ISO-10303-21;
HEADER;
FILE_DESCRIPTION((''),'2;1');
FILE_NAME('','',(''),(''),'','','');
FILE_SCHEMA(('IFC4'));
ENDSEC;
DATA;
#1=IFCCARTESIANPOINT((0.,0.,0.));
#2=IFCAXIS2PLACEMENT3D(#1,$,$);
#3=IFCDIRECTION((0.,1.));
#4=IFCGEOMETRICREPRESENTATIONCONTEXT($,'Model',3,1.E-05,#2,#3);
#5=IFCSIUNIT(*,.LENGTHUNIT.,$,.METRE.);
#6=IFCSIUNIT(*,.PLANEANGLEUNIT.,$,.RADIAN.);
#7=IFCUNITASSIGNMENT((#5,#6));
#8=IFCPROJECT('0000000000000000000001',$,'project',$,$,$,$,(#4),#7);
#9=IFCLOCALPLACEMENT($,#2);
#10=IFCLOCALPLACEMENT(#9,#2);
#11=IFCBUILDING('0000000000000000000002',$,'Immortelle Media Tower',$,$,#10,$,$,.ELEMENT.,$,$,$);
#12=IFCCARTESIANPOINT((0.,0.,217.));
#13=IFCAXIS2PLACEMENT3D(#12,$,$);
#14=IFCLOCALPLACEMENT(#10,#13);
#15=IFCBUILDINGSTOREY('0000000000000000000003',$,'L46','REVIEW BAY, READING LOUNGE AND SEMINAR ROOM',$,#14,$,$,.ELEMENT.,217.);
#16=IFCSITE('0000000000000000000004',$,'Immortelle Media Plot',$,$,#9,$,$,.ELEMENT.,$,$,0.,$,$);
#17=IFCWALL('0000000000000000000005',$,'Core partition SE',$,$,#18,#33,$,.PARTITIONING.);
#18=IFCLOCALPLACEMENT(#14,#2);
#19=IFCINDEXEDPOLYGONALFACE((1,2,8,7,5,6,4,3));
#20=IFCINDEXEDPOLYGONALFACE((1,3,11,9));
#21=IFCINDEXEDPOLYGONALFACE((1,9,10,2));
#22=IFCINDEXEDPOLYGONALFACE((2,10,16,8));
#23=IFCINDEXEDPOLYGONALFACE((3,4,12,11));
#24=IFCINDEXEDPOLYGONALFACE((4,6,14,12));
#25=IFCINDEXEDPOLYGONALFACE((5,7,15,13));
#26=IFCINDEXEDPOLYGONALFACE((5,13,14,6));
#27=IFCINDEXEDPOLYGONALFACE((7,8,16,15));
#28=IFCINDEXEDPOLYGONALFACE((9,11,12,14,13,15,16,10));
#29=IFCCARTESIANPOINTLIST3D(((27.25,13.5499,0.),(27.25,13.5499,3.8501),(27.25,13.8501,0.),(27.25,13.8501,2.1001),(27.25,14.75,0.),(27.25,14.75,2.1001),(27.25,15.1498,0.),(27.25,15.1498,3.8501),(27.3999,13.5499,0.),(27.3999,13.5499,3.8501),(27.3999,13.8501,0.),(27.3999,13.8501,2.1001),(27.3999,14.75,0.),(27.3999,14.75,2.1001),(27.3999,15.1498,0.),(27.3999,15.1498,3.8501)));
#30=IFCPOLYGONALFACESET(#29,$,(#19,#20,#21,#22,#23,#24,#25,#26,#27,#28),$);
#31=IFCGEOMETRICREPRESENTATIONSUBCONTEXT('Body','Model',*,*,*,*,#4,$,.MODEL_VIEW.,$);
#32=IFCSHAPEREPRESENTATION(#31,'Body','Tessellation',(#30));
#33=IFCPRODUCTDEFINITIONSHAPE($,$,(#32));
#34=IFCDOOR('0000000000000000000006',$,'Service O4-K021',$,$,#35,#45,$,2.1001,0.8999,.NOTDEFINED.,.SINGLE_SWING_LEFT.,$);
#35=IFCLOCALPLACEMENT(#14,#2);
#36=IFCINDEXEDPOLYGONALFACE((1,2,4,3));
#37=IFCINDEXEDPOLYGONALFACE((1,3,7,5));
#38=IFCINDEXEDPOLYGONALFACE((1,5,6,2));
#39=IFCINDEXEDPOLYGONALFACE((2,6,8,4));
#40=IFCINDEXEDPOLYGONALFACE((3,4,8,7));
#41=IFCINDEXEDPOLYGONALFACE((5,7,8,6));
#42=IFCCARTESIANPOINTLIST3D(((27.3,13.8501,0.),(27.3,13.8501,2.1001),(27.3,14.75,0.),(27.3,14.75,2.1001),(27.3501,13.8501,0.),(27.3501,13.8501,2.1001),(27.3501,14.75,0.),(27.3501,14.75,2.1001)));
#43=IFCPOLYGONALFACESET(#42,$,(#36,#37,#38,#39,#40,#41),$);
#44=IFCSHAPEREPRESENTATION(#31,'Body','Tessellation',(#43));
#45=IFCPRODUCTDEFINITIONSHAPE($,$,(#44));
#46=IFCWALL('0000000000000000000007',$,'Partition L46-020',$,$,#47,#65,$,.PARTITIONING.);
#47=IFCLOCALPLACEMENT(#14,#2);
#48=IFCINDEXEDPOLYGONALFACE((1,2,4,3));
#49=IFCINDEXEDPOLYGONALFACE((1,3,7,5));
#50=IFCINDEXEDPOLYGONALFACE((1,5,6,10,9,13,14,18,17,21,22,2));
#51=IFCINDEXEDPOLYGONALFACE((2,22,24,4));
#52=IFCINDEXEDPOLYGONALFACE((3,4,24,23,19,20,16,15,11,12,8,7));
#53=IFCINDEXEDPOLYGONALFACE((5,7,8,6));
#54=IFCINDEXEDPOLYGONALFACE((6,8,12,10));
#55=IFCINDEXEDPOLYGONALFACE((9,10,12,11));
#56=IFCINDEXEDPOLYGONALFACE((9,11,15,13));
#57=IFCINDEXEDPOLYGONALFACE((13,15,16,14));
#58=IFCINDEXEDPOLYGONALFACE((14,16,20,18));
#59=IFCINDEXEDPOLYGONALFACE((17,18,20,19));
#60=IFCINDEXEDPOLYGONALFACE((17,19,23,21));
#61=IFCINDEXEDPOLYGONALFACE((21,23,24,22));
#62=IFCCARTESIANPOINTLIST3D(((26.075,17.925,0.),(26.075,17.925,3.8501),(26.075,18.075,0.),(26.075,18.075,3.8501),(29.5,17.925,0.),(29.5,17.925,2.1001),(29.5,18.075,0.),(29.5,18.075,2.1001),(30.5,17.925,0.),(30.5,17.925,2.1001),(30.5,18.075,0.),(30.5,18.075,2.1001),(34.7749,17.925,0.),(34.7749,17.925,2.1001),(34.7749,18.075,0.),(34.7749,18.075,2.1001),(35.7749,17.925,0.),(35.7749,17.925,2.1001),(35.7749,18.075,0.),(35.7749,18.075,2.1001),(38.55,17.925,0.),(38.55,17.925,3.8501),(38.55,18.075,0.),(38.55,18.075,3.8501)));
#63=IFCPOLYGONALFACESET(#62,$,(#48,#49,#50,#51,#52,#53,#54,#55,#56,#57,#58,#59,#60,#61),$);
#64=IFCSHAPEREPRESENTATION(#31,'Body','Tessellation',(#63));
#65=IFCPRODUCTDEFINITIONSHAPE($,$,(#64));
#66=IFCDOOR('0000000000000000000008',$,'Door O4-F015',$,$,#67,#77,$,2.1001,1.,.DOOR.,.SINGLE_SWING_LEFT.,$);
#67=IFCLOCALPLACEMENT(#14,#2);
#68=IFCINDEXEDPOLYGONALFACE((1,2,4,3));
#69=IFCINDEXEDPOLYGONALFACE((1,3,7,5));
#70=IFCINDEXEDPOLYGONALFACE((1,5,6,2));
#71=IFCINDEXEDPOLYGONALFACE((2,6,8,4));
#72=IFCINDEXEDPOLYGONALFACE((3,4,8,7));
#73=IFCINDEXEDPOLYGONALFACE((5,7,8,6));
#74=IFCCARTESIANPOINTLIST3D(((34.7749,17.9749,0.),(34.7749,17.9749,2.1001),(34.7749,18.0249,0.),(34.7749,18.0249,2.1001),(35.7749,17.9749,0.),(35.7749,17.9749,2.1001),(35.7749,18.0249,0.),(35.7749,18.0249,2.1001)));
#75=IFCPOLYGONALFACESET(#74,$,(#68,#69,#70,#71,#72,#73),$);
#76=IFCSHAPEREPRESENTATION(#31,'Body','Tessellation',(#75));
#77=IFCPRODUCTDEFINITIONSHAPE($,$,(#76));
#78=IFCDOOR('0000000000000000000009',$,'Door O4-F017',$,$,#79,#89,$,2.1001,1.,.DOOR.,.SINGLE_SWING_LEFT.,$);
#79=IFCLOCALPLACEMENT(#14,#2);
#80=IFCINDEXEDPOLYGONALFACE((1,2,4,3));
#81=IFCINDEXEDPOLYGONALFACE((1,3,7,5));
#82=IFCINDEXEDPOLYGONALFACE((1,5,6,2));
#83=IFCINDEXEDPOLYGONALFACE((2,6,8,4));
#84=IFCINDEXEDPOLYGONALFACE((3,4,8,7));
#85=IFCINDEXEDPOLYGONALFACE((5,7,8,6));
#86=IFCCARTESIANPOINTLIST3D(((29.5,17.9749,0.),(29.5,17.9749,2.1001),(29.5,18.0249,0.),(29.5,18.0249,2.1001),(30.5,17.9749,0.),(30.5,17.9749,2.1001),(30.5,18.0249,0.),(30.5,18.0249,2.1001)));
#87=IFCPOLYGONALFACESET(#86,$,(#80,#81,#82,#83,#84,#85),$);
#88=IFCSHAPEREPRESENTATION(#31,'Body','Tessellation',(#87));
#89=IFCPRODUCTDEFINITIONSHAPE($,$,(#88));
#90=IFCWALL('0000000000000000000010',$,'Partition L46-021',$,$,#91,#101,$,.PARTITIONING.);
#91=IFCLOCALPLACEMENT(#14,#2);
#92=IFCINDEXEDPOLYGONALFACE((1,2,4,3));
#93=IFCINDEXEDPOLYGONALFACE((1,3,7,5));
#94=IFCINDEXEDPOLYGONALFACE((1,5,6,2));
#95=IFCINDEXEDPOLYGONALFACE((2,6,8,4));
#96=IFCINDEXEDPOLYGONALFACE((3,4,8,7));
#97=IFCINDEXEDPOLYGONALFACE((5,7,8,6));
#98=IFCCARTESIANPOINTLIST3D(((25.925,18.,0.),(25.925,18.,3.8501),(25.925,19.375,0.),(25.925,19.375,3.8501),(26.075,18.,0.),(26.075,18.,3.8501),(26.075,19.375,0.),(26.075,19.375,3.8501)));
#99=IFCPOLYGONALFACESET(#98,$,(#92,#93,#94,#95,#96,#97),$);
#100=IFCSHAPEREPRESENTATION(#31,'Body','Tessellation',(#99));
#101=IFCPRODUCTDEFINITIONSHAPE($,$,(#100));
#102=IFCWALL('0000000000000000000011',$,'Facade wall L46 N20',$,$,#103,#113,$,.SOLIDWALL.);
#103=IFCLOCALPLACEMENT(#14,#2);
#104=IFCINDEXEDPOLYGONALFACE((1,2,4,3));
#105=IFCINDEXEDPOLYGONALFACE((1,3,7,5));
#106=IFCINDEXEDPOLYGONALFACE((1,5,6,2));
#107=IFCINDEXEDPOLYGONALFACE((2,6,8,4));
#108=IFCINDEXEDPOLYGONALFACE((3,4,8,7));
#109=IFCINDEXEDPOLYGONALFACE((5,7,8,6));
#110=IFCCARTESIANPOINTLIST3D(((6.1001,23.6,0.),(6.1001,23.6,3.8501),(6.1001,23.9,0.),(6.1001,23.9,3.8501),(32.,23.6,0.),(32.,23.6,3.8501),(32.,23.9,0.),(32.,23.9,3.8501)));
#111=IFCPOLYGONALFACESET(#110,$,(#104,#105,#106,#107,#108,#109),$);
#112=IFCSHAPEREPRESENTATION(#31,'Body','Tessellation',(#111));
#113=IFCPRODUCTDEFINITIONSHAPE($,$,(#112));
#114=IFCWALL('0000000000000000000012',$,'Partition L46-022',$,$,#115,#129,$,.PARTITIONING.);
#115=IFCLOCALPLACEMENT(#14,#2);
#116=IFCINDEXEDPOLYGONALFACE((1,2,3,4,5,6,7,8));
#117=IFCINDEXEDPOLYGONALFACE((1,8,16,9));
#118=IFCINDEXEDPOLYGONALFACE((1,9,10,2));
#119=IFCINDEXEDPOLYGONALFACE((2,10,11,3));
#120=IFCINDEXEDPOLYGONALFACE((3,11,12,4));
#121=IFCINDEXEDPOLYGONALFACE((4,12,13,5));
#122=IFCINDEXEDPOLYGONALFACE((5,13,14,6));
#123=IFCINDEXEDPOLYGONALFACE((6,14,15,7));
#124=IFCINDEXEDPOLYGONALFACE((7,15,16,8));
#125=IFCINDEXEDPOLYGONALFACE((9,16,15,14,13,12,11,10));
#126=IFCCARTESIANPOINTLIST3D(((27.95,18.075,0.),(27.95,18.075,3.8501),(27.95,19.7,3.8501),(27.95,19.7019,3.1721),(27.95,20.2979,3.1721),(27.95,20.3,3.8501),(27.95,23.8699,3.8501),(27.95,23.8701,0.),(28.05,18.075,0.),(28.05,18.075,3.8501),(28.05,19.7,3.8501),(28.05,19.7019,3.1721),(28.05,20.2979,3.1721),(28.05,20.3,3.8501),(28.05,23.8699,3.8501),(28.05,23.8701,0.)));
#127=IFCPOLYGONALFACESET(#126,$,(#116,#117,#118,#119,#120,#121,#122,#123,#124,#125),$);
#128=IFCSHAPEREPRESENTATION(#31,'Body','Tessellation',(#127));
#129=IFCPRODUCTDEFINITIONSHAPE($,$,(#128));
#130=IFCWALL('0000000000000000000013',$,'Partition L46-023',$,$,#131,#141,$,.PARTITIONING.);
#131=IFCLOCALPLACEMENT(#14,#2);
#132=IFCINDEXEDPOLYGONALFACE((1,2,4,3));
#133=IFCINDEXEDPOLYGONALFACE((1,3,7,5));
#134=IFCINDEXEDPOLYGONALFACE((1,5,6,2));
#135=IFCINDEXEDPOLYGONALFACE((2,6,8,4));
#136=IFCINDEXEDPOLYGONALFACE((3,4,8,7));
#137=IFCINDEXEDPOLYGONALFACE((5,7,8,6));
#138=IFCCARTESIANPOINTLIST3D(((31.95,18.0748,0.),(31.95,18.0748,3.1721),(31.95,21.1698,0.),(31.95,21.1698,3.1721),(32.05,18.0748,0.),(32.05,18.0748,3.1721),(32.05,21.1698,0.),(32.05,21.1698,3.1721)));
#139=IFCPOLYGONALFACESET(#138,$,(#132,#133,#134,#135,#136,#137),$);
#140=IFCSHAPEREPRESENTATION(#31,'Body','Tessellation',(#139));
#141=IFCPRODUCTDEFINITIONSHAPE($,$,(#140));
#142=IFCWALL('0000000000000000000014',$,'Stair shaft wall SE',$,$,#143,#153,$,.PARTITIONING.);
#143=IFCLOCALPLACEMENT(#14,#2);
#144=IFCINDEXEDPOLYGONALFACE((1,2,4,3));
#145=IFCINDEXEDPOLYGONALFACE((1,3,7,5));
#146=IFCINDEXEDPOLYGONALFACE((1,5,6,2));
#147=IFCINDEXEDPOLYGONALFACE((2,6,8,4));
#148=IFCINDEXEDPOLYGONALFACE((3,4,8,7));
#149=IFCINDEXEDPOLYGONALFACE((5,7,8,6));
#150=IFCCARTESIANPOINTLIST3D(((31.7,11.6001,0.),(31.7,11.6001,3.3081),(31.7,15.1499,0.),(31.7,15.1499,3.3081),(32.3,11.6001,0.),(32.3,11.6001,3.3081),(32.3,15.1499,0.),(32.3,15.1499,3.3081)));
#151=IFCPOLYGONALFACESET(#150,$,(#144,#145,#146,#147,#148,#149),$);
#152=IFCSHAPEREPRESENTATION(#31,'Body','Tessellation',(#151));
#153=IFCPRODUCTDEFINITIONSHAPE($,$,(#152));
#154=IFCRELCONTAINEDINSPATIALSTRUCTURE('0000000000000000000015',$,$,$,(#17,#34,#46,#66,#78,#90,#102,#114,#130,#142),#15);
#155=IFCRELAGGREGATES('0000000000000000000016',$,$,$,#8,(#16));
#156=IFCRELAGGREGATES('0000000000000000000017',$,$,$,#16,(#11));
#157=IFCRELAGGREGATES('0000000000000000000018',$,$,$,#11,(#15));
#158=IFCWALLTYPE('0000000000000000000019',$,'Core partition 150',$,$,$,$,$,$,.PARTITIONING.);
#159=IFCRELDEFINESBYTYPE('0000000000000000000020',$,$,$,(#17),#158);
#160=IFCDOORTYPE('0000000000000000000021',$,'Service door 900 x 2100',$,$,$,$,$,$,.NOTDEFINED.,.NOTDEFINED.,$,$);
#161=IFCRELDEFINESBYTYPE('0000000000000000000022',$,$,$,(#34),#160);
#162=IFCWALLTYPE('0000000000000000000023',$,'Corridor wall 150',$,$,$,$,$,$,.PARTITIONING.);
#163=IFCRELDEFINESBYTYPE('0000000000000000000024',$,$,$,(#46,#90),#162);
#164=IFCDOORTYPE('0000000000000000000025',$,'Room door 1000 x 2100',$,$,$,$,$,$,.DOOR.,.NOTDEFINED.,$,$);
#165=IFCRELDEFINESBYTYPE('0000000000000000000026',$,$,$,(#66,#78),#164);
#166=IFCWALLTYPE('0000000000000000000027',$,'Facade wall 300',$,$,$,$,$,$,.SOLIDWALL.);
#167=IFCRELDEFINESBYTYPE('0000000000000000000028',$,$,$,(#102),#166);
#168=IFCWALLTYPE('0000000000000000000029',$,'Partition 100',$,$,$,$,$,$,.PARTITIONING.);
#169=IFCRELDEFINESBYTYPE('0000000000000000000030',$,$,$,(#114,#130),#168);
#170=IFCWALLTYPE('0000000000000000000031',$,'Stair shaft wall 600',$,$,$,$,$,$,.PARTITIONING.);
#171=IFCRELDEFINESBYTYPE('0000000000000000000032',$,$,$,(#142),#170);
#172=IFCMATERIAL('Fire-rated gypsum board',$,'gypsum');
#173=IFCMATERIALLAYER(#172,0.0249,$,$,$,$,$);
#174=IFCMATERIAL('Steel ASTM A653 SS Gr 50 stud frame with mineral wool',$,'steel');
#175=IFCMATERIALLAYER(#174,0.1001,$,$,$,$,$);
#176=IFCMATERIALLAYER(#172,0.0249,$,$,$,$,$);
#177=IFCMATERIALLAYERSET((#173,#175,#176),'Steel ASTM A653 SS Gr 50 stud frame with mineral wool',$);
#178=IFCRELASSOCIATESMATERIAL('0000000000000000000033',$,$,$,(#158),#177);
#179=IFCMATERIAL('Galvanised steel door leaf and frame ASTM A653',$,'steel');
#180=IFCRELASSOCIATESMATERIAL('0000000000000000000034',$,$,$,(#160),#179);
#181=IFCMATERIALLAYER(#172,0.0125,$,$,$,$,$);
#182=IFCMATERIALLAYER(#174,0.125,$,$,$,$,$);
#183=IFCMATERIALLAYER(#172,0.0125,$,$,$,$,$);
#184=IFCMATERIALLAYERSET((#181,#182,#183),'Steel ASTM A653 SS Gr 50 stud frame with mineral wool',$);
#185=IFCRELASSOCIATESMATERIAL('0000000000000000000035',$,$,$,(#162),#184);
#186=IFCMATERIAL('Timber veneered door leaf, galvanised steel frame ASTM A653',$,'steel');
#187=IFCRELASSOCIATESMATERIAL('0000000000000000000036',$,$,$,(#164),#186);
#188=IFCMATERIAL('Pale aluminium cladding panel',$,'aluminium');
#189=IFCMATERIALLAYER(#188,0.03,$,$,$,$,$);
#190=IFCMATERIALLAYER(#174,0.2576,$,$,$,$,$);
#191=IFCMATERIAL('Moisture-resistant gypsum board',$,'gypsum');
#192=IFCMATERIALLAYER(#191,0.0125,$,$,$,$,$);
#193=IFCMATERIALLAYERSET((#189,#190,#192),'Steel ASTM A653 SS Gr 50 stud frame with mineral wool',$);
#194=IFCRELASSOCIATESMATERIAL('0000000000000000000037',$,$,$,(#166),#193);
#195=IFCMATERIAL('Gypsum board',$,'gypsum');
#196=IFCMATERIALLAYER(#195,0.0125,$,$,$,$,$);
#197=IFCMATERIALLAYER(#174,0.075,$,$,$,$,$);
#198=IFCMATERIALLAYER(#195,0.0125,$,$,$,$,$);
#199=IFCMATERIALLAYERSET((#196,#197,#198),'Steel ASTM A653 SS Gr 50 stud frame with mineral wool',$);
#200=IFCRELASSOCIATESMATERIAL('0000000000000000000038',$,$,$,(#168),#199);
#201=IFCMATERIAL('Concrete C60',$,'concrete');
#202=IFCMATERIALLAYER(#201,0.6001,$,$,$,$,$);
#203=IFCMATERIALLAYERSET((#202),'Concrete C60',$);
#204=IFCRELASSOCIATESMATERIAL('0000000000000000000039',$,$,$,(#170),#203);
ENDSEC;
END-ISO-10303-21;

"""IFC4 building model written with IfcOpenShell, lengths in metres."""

from ifc_helpers import new_model, si_unit, direction, frame, frame_2d, origin, place, context, subcontext, project, spatial, polyline, rectangle, outline, extrude, material, layer, layer_set, type_object, element, fill, save


model = new_model("IFC4")

# Units and contexts
model_context = context("Model", 3, precision=1e-05, world=origin(), true_north=direction((0.0, 1.0)))
body_context = subcontext(model_context, "Body", "Model", "MODEL_VIEW")
ifc_project = project(units=[si_unit("LENGTHUNIT", "METRE"), si_unit("PLANEANGLEUNIT", "RADIAN")], contexts=[model_context])

# Site, building, storey
site_placement = place(None, origin())
site = spatial("IfcSite", under=ifc_project, at=site_placement, Name="Immortelle Media Plot", CompositionType="ELEMENT", RefElevation=0.0)
building_placement = place(site_placement, origin())
building = spatial("IfcBuilding", under=site, at=building_placement, Name="Immortelle Media Tower", CompositionType="ELEMENT")
storey_placement = place(building_placement, frame((0.0, 0.0, 217.0)))
storey = spatial("IfcBuildingStorey", under=building, at=storey_placement, Name="L46", Description="REVIEW BAY, READING LOUNGE AND SEMINAR ROOM", CompositionType="ELEMENT", Elevation=217.0)

# Shared definitions
ifc_material_1 = material(Name="Fire-rated gypsum board", Category="gypsum")
ifc_layer_1 = layer(ifc_material_1, 0.0249)
ifc_material_2 = material(Name="Steel ASTM A653 SS Gr 50 stud frame with mineral wool", Category="steel")
ifc_layer_2 = layer(ifc_material_2, 0.1001)
ifc_layer_3 = layer(ifc_material_1, 0.0249)
ifc_layer_set_1 = layer_set([ifc_layer_1, ifc_layer_2, ifc_layer_3], Name="Steel ASTM A653 SS Gr 50 stud frame with mineral wool")
wall_type_1 = type_object("IfcWallType", Name="Core partition 150", PredefinedType="PARTITIONING", material=ifc_layer_set_1)

# Wall, opening, door
wall_1_placement = place(storey_placement, frame((27.325, 13.55, 0.0), z_axis=(0.0, 0.0, 1.0), x_axis=(0.0, 1.0, 0.0)))
wall_1 = element("IfcWall", 1, at=wall_1_placement, inside=storey, type_object=wall_type_1, Name="Core partition SE", PredefinedType="PARTITIONING", context=body_context, shape_type="SweptSolid", body=[
    extrude(rectangle(XDim=1.5999, YDim=0.1499, at=frame_2d((0.7998, 0.0))), origin(), (0.0, 0.0, 1.0), 3.8501),
])
opening_1_placement = place(wall_1_placement, frame((0.3, 0.0, 0.0)))
opening_1 = element("IfcOpeningElement", 2, at=opening_1_placement, cuts=wall_1, PredefinedType="OPENING", context=body_context, shape_type="SweptSolid", body=[
    extrude(rectangle(XDim=0.8999, YDim=2.1001, at=frame_2d((0.45, 1.05))), frame((0.0, 0.085, 0.0), z_axis=(0.0, -1.0, 0.0), x_axis=(1.0, 0.0, 0.0)), (0.0, 0.0, 1.0), 0.1699),
])
ifc_material_3 = material(Name="Galvanised steel door leaf and frame ASTM A653", Category="steel")
door_type_1 = type_object("IfcDoorType", Name="Service door 900 x 2100", OperationType="NOTDEFINED", PredefinedType="NOTDEFINED", material=ifc_material_3)
door_1_placement = place(opening_1_placement, origin())
door_1 = element("IfcDoor", 3, at=door_1_placement, inside=storey, type_object=door_type_1, Name="Service O4-K021", OperationType="SINGLE_SWING_LEFT", OverallHeight=2.1001, OverallWidth=0.8999, PredefinedType="NOTDEFINED", context=body_context, shape_type="SweptSolid", body=[
    extrude(rectangle(XDim=0.8999, YDim=2.1001, at=frame_2d((0.45, 1.05))), frame((0.0, 0.0249, 0.0), z_axis=(0.0, -1.0, 0.0), x_axis=(1.0, 0.0, 0.0)), (0.0, 0.0, 1.0), 0.05),
])
fill(opening_1, door_1)

# Wall, openings, doors
ifc_layer_4 = layer(ifc_material_1, 0.0125)
ifc_layer_5 = layer(ifc_material_2, 0.125)
ifc_layer_6 = layer(ifc_material_1, 0.0125)
ifc_layer_set_2 = layer_set([ifc_layer_4, ifc_layer_5, ifc_layer_6], Name="Steel ASTM A653 SS Gr 50 stud frame with mineral wool")
wall_type_2 = type_object("IfcWallType", Name="Corridor wall 150", PredefinedType="PARTITIONING", material=ifc_layer_set_2)
wall_2_placement = place(storey_placement, frame((26.075, 18.0, 0.0), z_axis=(0.0, 0.0, 1.0), x_axis=(1.0, 0.0, 0.0)))
wall_2 = element("IfcWall", 4, at=wall_2_placement, inside=storey, type_object=wall_type_2, Name="Partition L46-020", PredefinedType="PARTITIONING", context=body_context, shape_type="SweptSolid", body=[
    extrude(rectangle(XDim=12.4751, YDim=0.1499, at=frame_2d((6.2375, 0.0))), origin(), (0.0, 0.0, 1.0), 3.8501),
])
opening_2_placement = place(wall_2_placement, frame((8.7, 0.0, 0.0)))
opening_2 = element("IfcOpeningElement", 5, at=opening_2_placement, cuts=wall_2, PredefinedType="OPENING", context=body_context, shape_type="SweptSolid", body=[
    extrude(rectangle(XDim=1.0, YDim=2.1001, at=frame_2d((0.5, 1.05))), frame((0.0, 0.085, 0.0), z_axis=(0.0, -1.0, 0.0), x_axis=(1.0, 0.0, 0.0)), (0.0, 0.0, 1.0), 0.1699),
])
opening_3_placement = place(wall_2_placement, frame((3.425, 0.0, 0.0)))
opening_3 = element("IfcOpeningElement", 6, at=opening_3_placement, cuts=wall_2, PredefinedType="OPENING", context=body_context, shape_type="SweptSolid", body=[
    extrude(rectangle(XDim=1.0, YDim=2.1001, at=frame_2d((0.5, 1.05))), frame((0.0, 0.085, 0.0), z_axis=(0.0, -1.0, 0.0), x_axis=(1.0, 0.0, 0.0)), (0.0, 0.0, 1.0), 0.1699),
])
ifc_material_4 = material(Name="Timber veneered door leaf, galvanised steel frame ASTM A653", Category="steel")
door_type_2 = type_object("IfcDoorType", Name="Room door 1000 x 2100", OperationType="NOTDEFINED", PredefinedType="DOOR", material=ifc_material_4)
door_2_placement = place(opening_2_placement, origin())
door_2 = element("IfcDoor", 7, at=door_2_placement, inside=storey, type_object=door_type_2, Name="Door O4-F015", OperationType="SINGLE_SWING_LEFT", OverallHeight=2.1001, OverallWidth=1.0, PredefinedType="DOOR", context=body_context, shape_type="SweptSolid", body=[
    extrude(rectangle(XDim=1.0, YDim=2.1001, at=frame_2d((0.5, 1.05))), frame((0.0, 0.0249, 0.0), z_axis=(0.0, -1.0, 0.0), x_axis=(1.0, 0.0, 0.0)), (0.0, 0.0, 1.0), 0.05),
])
fill(opening_2, door_2)
door_3_placement = place(opening_3_placement, origin())
door_3 = element("IfcDoor", 8, at=door_3_placement, inside=storey, type_object=door_type_2, Name="Door O4-F017", OperationType="SINGLE_SWING_LEFT", OverallHeight=2.1001, OverallWidth=1.0, PredefinedType="DOOR", context=body_context, shape_type="SweptSolid", body=[
    extrude(rectangle(XDim=1.0, YDim=2.1001, at=frame_2d((0.5, 1.05))), frame((0.0, 0.0249, 0.0), z_axis=(0.0, -1.0, 0.0), x_axis=(1.0, 0.0, 0.0)), (0.0, 0.0, 1.0), 0.05),
])
fill(opening_3, door_3)

# Walls
wall_3_placement = place(storey_placement, frame((26.0, 18.0, 0.0), z_axis=(0.0, 0.0, 1.0), x_axis=(0.0, 1.0, 0.0)))
element("IfcWall", 9, at=wall_3_placement, inside=storey, type_object=wall_type_2, Name="Partition L46-021", PredefinedType="PARTITIONING", context=body_context, shape_type="SweptSolid", body=[
    extrude(rectangle(XDim=1.375, YDim=0.1499, at=frame_2d((0.6875, 0.0))), origin(), (0.0, 0.0, 1.0), 3.8501),
])
ifc_material_5 = material(Name="Pale aluminium cladding panel", Category="aluminium")
ifc_layer_7 = layer(ifc_material_5, 0.03)
ifc_layer_8 = layer(ifc_material_2, 0.2576)
ifc_material_6 = material(Name="Moisture-resistant gypsum board", Category="gypsum")
ifc_layer_9 = layer(ifc_material_6, 0.0125)
ifc_layer_set_3 = layer_set([ifc_layer_7, ifc_layer_8, ifc_layer_9], Name="Steel ASTM A653 SS Gr 50 stud frame with mineral wool")
wall_type_3 = type_object("IfcWallType", Name="Facade wall 300", PredefinedType="SOLIDWALL", material=ifc_layer_set_3)
wall_4_placement = place(storey_placement, frame((32.0, 23.75, 0.0), z_axis=(0.0, 0.0, 1.0), x_axis=(-1.0, 0.0, 0.0)))
element("IfcWall", 10, at=wall_4_placement, inside=storey, type_object=wall_type_3, Name="Facade wall L46 N20", PredefinedType="SOLIDWALL", context=body_context, shape_type="SweptSolid", body=[
    extrude(rectangle(XDim=25.8999, YDim=0.3, at=frame_2d((12.95, 0.0))), origin(), (0.0, 0.0, 1.0), 3.8501),
])
ifc_material_7 = material(Name="Gypsum board", Category="gypsum")
ifc_layer_10 = layer(ifc_material_7, 0.0125)
ifc_layer_11 = layer(ifc_material_2, 0.075)
ifc_layer_12 = layer(ifc_material_7, 0.0125)
ifc_layer_set_4 = layer_set([ifc_layer_10, ifc_layer_11, ifc_layer_12], Name="Steel ASTM A653 SS Gr 50 stud frame with mineral wool")
wall_type_4 = type_object("IfcWallType", Name="Partition 100", PredefinedType="PARTITIONING", material=ifc_layer_set_4)
wall_5_placement = place(storey_placement, frame((28.0, 18.075, 0.0), z_axis=(0.0, 0.0, 1.0), x_axis=(0.0, 1.0, 0.0)))
element("IfcWall", 11, at=wall_5_placement, inside=storey, type_object=wall_type_4, Name="Partition L46-022", PredefinedType="PARTITIONING", context=body_context, shape_type="SweptSolid", body=[
    extrude(outline(polyline([(0.0, 0.0), (5.7952, 0.0), (5.7949, 3.8501), (2.2251, 3.8501), (2.2229, 3.1721), (1.627, 3.1721), (1.625, 3.8501), (0.0, 3.8501), (0.0, 0.0)])), frame((0.0, 0.05, 0.0), z_axis=(0.0, -1.0, 0.0), x_axis=(1.0, 0.0, 0.0)), (0.0, 0.0, 1.0), 0.1001),
])
wall_6_placement = place(storey_placement, frame((32.0, 18.075, 0.0), z_axis=(0.0, 0.0, 1.0), x_axis=(0.0, 1.0, 0.0)))
element("IfcWall", 12, at=wall_6_placement, inside=storey, type_object=wall_type_4, Name="Partition L46-023", PredefinedType="PARTITIONING", context=body_context, shape_type="SweptSolid", body=[
    extrude(rectangle(XDim=3.095, YDim=0.1001, at=frame_2d((1.5474, 0.0))), origin(), (0.0, 0.0, 1.0), 3.1721),
])
ifc_material_8 = material(Name="Concrete C60", Category="concrete")
ifc_layer_13 = layer(ifc_material_8, 0.6001)
ifc_layer_set_5 = layer_set([ifc_layer_13], Name="Concrete C60")
wall_type_5 = type_object("IfcWallType", Name="Stair shaft wall 600", PredefinedType="PARTITIONING", material=ifc_layer_set_5)
wall_7_placement = place(storey_placement, frame((32.0, 11.6001, 0.0), z_axis=(0.0, 0.0, 1.0), x_axis=(0.0, 1.0, 0.0)))
element("IfcWall", 13, at=wall_7_placement, inside=storey, type_object=wall_type_5, Name="Stair shaft wall SE", PredefinedType="PARTITIONING", context=body_context, shape_type="SweptSolid", body=[
    extrude(rectangle(XDim=3.5498, YDim=0.6001, at=frame_2d((1.7749, 0.0))), origin(), (0.0, 0.0, 1.0), 3.3081),
])

save(model, "model.ifc")
